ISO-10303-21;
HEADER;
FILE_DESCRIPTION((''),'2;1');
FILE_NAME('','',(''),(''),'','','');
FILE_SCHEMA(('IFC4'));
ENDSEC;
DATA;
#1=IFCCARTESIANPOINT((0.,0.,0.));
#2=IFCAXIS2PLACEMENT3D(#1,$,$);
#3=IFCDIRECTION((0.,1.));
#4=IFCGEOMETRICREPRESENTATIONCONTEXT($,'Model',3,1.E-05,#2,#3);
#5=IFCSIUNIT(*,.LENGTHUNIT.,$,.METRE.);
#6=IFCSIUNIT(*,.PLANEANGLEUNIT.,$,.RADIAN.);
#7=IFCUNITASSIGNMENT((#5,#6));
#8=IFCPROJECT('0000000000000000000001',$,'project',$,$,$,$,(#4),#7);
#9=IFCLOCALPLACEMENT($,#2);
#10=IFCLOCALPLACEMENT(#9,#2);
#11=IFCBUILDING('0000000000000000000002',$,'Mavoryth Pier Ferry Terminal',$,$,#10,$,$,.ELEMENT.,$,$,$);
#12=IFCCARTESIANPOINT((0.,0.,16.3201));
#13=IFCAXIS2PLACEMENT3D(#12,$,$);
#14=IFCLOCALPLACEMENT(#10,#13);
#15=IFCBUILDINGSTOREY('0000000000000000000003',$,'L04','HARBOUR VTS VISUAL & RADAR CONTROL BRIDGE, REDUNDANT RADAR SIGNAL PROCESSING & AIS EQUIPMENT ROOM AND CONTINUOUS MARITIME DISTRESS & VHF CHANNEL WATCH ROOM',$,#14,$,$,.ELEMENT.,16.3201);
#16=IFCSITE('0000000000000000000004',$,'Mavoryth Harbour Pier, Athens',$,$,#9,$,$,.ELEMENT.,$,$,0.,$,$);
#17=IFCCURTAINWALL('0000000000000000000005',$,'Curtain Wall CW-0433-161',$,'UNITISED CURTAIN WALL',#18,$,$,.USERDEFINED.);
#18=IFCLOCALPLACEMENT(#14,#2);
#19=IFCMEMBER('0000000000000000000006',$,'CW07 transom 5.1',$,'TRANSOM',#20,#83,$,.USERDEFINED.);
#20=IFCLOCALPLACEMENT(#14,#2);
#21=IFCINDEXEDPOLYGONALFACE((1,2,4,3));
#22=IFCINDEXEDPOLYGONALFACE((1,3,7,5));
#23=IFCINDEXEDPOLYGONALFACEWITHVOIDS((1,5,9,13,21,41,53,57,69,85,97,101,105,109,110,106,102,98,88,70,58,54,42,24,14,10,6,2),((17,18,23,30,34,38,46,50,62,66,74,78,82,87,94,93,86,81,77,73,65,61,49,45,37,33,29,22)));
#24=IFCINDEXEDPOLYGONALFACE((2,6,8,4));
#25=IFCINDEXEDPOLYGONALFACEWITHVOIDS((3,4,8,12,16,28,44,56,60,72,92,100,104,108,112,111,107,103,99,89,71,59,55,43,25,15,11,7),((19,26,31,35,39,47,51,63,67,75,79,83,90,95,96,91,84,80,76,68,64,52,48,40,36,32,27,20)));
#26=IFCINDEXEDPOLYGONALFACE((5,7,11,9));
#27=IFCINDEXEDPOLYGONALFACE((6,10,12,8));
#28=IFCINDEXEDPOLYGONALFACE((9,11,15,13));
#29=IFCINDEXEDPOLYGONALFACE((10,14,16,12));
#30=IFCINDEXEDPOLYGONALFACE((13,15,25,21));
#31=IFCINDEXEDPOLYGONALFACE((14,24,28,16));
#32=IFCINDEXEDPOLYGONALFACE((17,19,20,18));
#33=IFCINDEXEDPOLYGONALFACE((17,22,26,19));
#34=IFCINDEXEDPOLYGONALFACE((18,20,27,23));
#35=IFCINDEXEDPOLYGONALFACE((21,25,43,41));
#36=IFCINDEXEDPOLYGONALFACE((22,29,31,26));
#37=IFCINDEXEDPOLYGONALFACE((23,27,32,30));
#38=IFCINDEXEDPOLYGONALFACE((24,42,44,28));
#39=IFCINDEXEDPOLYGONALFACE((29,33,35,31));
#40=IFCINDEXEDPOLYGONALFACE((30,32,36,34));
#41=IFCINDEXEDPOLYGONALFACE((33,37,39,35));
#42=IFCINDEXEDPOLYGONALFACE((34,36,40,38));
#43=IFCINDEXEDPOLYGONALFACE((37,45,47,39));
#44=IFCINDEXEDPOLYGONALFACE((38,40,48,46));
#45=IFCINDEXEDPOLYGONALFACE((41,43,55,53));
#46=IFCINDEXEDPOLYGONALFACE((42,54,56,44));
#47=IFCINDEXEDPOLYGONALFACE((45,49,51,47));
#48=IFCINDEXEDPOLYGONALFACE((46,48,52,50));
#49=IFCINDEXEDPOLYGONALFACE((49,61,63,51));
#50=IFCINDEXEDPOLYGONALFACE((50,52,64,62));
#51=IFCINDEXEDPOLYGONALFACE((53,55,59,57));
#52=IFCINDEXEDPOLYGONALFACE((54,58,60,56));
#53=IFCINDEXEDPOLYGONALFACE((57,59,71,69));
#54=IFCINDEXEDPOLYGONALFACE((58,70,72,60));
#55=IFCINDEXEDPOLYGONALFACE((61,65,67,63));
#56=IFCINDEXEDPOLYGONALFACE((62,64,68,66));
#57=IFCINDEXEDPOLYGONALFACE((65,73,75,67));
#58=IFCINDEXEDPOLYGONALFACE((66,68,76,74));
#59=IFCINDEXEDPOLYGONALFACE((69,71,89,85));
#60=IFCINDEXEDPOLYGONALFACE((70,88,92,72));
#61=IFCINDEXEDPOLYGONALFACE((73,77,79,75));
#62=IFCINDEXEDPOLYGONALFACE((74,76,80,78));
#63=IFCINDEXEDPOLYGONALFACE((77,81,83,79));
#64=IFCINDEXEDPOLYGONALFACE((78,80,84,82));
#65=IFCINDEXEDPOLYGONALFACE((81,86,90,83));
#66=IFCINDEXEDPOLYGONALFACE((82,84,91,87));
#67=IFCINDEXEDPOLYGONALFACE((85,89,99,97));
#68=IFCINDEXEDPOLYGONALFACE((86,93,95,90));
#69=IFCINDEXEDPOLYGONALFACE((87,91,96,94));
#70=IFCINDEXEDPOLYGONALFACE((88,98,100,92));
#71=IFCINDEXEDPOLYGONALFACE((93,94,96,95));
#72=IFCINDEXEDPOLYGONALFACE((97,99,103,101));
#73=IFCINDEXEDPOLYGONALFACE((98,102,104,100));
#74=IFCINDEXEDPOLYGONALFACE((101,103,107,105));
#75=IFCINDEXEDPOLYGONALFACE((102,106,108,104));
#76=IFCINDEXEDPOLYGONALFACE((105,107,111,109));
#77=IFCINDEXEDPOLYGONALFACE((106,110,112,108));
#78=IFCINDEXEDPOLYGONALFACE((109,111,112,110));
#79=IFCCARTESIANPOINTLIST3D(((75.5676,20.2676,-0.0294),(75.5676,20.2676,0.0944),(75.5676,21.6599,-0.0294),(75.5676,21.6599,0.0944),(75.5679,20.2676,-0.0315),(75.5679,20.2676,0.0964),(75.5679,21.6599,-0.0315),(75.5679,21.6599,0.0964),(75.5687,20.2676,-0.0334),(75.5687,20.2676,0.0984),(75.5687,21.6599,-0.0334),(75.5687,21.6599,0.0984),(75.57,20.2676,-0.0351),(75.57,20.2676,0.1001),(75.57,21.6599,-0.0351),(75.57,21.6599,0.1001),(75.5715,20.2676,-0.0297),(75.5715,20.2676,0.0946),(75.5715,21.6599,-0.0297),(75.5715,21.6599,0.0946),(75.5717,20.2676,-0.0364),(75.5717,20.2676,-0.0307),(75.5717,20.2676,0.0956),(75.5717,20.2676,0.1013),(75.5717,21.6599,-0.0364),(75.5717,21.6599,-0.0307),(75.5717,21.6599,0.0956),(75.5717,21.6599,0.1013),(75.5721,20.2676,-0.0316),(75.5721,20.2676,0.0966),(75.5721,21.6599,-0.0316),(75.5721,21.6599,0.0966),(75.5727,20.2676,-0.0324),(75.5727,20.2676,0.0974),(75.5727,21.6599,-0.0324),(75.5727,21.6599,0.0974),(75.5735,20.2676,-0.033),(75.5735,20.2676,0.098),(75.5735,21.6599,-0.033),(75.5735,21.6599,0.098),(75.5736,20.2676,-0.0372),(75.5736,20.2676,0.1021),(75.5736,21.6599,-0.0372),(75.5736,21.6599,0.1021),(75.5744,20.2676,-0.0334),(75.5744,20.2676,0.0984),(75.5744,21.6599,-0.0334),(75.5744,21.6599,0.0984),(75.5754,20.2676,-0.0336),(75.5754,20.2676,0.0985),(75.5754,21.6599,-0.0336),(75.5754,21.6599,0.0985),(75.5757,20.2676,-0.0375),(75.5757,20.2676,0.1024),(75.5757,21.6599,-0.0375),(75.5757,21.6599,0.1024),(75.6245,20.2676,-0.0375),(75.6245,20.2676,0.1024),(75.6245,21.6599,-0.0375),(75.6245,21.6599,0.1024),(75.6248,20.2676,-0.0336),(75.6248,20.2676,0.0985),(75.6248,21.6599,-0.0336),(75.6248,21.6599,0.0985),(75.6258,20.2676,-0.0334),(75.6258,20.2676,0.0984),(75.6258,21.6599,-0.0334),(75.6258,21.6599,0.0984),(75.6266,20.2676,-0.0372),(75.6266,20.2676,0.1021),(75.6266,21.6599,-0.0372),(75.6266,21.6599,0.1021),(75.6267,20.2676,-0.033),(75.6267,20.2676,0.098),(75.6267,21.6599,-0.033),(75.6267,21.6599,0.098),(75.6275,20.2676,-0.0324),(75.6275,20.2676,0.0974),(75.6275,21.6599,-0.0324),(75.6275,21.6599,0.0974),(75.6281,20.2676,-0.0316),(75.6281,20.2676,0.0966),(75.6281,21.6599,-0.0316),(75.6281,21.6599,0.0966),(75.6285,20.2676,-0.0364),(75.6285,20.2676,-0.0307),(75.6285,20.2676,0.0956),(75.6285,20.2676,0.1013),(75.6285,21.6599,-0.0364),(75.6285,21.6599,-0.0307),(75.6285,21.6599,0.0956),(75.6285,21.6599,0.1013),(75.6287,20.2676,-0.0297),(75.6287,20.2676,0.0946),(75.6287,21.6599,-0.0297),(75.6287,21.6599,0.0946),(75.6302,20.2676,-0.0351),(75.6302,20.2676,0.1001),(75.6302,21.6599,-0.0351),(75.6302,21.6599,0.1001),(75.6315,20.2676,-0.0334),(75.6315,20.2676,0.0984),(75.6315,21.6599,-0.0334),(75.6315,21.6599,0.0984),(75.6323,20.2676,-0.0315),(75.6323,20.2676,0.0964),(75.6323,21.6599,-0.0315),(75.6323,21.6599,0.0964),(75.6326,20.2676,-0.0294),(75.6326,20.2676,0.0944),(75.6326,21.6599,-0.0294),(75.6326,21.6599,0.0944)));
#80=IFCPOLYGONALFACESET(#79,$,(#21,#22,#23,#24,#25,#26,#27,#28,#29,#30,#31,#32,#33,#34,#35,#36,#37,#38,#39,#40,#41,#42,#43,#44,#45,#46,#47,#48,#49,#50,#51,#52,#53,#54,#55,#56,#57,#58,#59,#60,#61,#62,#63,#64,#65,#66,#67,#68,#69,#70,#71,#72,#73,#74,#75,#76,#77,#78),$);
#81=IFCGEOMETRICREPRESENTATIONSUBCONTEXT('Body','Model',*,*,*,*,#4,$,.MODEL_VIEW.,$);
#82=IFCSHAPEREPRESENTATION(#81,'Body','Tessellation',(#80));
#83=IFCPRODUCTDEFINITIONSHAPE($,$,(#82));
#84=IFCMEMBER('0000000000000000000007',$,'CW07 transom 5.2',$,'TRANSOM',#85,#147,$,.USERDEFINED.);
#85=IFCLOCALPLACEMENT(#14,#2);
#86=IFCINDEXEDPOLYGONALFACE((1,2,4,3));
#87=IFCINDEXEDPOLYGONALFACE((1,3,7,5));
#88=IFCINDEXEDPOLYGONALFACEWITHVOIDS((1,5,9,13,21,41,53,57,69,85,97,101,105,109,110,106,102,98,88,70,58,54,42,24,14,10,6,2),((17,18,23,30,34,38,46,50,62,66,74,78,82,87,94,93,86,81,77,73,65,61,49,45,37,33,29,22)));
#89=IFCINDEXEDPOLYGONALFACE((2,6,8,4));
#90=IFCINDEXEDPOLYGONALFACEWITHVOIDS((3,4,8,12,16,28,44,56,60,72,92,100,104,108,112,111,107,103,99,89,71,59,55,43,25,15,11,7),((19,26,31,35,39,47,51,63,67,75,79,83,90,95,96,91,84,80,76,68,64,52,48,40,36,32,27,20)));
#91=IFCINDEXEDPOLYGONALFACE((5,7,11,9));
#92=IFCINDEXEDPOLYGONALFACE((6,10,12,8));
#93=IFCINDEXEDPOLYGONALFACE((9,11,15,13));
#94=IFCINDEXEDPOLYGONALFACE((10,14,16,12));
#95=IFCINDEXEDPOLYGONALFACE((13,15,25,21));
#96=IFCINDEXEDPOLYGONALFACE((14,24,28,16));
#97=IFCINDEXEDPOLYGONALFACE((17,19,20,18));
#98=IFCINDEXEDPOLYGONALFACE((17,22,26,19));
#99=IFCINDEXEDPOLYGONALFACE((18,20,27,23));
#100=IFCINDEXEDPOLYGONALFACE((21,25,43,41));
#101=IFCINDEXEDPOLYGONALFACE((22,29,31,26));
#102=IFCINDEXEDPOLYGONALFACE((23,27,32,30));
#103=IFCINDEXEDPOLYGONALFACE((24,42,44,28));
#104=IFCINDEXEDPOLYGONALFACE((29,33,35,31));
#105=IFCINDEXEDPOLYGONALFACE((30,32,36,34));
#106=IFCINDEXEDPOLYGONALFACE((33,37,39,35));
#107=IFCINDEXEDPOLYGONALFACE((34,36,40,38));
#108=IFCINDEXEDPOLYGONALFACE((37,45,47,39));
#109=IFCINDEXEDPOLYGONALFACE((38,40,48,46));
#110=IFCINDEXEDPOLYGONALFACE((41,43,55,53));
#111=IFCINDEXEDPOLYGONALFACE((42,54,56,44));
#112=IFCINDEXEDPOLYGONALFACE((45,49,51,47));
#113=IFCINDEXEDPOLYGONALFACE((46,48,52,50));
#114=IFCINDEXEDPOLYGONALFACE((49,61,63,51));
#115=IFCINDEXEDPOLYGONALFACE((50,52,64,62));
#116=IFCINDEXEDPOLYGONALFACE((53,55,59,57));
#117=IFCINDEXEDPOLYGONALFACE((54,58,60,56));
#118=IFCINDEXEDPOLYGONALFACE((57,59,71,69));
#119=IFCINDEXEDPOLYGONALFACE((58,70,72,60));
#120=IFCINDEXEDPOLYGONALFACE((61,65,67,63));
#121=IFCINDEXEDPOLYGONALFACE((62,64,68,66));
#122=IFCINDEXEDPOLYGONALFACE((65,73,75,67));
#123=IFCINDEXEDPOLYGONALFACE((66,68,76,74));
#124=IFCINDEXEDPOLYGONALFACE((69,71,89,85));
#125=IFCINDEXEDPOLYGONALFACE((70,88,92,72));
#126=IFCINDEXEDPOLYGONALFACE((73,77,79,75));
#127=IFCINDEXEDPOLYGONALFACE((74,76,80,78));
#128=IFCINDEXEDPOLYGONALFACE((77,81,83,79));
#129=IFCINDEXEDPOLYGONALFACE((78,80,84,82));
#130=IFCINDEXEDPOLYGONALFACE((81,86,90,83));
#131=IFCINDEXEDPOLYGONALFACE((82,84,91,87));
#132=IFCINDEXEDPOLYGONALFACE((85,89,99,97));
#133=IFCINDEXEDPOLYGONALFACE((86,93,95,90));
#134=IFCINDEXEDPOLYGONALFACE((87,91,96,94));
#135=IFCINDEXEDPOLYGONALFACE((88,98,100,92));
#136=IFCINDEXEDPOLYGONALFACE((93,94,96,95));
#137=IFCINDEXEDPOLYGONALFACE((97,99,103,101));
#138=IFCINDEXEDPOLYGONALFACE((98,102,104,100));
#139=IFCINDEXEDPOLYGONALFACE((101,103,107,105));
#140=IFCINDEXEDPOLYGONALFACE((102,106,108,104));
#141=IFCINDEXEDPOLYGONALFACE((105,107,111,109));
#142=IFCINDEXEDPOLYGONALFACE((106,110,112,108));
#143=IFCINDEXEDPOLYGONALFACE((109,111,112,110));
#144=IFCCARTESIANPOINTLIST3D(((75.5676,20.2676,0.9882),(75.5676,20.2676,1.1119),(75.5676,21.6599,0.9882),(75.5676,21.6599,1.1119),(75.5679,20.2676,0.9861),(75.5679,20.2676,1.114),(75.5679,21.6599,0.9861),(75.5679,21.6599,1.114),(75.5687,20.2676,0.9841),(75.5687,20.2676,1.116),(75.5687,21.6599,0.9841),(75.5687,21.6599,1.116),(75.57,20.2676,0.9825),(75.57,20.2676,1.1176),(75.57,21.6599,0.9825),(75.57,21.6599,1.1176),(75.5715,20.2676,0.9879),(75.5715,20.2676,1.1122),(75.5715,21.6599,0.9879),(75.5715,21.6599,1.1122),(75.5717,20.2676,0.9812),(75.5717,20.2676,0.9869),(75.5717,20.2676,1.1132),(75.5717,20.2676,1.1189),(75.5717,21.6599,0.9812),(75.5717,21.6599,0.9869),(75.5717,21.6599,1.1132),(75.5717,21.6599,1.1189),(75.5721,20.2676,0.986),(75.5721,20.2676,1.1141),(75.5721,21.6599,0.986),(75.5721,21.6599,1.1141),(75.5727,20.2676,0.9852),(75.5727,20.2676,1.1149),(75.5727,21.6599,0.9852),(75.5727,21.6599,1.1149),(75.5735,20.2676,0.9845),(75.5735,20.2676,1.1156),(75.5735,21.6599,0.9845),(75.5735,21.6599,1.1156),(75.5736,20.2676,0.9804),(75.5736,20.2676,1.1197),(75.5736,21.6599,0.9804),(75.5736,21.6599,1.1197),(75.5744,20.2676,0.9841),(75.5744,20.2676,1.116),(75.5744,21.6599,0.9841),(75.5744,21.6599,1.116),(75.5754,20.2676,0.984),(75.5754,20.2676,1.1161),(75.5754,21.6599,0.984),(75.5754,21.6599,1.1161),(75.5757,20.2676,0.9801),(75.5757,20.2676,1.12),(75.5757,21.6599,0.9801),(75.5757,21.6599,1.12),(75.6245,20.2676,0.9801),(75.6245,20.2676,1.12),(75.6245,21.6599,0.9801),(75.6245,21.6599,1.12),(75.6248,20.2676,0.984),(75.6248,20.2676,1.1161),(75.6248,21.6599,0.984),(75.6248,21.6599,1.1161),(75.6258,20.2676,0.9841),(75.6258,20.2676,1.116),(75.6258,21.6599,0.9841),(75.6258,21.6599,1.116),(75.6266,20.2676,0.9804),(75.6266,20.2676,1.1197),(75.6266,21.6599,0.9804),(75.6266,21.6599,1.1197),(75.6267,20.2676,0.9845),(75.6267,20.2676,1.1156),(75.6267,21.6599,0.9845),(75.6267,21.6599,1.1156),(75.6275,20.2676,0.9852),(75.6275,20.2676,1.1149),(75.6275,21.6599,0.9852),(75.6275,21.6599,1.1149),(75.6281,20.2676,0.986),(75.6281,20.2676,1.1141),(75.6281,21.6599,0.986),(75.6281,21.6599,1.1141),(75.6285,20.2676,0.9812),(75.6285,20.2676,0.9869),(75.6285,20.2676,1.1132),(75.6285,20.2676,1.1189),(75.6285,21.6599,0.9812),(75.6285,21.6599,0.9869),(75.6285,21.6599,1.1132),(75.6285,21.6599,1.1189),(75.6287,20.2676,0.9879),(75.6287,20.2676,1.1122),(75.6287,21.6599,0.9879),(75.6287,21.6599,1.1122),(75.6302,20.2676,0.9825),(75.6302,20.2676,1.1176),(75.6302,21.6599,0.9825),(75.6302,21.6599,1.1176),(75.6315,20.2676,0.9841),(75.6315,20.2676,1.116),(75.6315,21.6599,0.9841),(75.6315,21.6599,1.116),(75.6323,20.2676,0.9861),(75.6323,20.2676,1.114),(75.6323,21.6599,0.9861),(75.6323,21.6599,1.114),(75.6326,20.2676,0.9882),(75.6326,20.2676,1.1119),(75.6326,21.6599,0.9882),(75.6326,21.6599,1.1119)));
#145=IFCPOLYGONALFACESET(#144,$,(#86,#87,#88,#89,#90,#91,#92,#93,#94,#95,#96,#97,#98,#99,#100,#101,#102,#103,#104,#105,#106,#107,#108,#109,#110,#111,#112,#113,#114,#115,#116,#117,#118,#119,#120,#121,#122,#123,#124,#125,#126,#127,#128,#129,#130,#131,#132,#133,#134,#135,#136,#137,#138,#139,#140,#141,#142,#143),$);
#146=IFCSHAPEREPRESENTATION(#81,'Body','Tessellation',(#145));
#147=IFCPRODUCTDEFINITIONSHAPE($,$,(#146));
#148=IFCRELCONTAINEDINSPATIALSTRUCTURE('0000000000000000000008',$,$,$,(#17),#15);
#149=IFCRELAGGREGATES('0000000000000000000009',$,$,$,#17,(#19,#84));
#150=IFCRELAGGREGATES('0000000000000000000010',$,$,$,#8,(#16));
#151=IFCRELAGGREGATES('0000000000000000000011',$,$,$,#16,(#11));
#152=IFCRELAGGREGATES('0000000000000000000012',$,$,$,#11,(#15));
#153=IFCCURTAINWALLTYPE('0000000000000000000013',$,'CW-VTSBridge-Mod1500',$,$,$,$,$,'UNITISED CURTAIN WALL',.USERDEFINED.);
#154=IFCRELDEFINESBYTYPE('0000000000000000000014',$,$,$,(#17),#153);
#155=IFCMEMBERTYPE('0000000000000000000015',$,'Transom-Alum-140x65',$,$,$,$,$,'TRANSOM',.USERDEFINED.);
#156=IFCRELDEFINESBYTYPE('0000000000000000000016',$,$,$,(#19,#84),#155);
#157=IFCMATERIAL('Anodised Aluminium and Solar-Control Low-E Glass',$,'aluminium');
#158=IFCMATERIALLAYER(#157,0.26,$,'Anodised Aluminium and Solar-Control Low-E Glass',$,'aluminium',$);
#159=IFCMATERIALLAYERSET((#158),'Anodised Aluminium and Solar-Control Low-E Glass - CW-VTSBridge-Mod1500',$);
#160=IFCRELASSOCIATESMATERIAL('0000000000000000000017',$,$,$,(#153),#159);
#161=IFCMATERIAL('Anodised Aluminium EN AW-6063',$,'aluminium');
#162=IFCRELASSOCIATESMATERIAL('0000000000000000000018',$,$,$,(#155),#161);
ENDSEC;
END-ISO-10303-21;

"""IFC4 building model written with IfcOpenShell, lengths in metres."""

from ifc_helpers import new_model, si_unit, direction, frame, origin, origin_2d, place, context, subcontext, project, spatial, hollow_rectangle, extrude, material, layer, layer_set, material_profile, profile_set, type_object, element, aggregate, save


model = new_model("IFC4")

# Units and contexts
model_context = context("Model", 3, precision=1e-05, world=origin(), true_north=direction((0.0, 1.0)))
body_context = subcontext(model_context, "Body", "Model", "MODEL_VIEW")
ifc_project = project(units=[si_unit("LENGTHUNIT", "METRE"), si_unit("PLANEANGLEUNIT", "RADIAN")], contexts=[model_context])

# Site, building, storey
site_placement = place(None, origin())
site = spatial("IfcSite", under=ifc_project, at=site_placement, Name="Mavoryth Harbour Pier, Athens", CompositionType="ELEMENT", RefElevation=0.0)
building_placement = place(site_placement, origin())
building = spatial("IfcBuilding", under=site, at=building_placement, Name="Mavoryth Pier Ferry Terminal", CompositionType="ELEMENT")
storey_placement = place(building_placement, frame((0.0, 0.0, 16.3201)))
storey = spatial("IfcBuildingStorey", under=building, at=storey_placement, Name="L04", Description="HARBOUR VTS VISUAL & RADAR CONTROL BRIDGE, REDUNDANT RADAR SIGNAL PROCESSING & AIS EQUIPMENT ROOM AND CONTINUOUS MARITIME DISTRESS & VHF CHANNEL WATCH ROOM", CompositionType="ELEMENT", Elevation=16.3201)

# Curtain wall, members
ifc_material_1 = material(Name="Anodised Aluminium and Solar-Control Low-E Glass", Category="aluminium")
ifc_layer_1 = layer(ifc_material_1, 0.26, Name="Anodised Aluminium and Solar-Control Low-E Glass", Category="aluminium")
ifc_layer_set_1 = layer_set([ifc_layer_1], Name="Anodised Aluminium and Solar-Control Low-E Glass - CW-VTSBridge-Mod1500")
curtain_wall_type = type_object("IfcCurtainWallType", Name="CW-VTSBridge-Mod1500", ElementType="UNITISED CURTAIN WALL", PredefinedType="USERDEFINED", material=ifc_layer_set_1)
curtain_wall_placement = place(storey_placement, origin())
curtain_wall = element("IfcCurtainWall", 1, at=curtain_wall_placement, inside=storey, type_object=curtain_wall_type, Name="Curtain Wall CW-0433-161", ObjectType="UNITISED CURTAIN WALL", PredefinedType="USERDEFINED")
ifc_material_2 = material(Name="Anodised Aluminium EN AW-6063", Category="aluminium")
ifc_material_profile_1 = material_profile(ifc_material_2, hollow_rectangle(XDim=0.0649, YDim=0.1399, WallThickness=0.0039, InnerFilletRadius=0.0039, OuterFilletRadius=0.0081, at=origin_2d()), Name="AL-TRAN 140x65x4", Category="aluminium")
ifc_profile_set_1 = profile_set([ifc_material_profile_1], Name="Anodised Aluminium EN AW-6063 - AL-TRAN 140x65x4")
member_type = type_object("IfcMemberType", Name="Transom-Alum-140x65", ElementType="TRANSOM", PredefinedType="USERDEFINED", material=ifc_profile_set_1)
member_1_placement = place(storey_placement, frame((75.6001, 20.2676, 0.0325), z_axis=(0.0, 1.0, 0.0), x_axis=(-1.0, 0.0, 0.0)))
member_1 = element("IfcMember", 2, at=member_1_placement, type_object=member_type, Name="CW07 transom 5.1", ObjectType="TRANSOM", PredefinedType="USERDEFINED", context=body_context, shape_type="SweptSolid", body=[
    extrude(hollow_rectangle(XDim=0.0649, YDim=0.1399, WallThickness=0.0039, InnerFilletRadius=0.0039, OuterFilletRadius=0.0081, at=origin_2d()), origin(), (0.0, 0.0, 1.0), 1.3923),
])
member_2_placement = place(storey_placement, frame((75.6001, 20.2676, 1.05), z_axis=(0.0, 1.0, 0.0), x_axis=(-1.0, 0.0, 0.0)))
member_2 = element("IfcMember", 3, at=member_2_placement, type_object=member_type, Name="CW07 transom 5.2", ObjectType="TRANSOM", PredefinedType="USERDEFINED", context=body_context, shape_type="SweptSolid", body=[
    extrude(hollow_rectangle(XDim=0.0649, YDim=0.1399, WallThickness=0.0039, InnerFilletRadius=0.0039, OuterFilletRadius=0.0081, at=origin_2d()), origin(), (0.0, 0.0, 1.0), 1.3923),
])
aggregate(curtain_wall, [member_1, member_2])

save(model, "model.ifc")
